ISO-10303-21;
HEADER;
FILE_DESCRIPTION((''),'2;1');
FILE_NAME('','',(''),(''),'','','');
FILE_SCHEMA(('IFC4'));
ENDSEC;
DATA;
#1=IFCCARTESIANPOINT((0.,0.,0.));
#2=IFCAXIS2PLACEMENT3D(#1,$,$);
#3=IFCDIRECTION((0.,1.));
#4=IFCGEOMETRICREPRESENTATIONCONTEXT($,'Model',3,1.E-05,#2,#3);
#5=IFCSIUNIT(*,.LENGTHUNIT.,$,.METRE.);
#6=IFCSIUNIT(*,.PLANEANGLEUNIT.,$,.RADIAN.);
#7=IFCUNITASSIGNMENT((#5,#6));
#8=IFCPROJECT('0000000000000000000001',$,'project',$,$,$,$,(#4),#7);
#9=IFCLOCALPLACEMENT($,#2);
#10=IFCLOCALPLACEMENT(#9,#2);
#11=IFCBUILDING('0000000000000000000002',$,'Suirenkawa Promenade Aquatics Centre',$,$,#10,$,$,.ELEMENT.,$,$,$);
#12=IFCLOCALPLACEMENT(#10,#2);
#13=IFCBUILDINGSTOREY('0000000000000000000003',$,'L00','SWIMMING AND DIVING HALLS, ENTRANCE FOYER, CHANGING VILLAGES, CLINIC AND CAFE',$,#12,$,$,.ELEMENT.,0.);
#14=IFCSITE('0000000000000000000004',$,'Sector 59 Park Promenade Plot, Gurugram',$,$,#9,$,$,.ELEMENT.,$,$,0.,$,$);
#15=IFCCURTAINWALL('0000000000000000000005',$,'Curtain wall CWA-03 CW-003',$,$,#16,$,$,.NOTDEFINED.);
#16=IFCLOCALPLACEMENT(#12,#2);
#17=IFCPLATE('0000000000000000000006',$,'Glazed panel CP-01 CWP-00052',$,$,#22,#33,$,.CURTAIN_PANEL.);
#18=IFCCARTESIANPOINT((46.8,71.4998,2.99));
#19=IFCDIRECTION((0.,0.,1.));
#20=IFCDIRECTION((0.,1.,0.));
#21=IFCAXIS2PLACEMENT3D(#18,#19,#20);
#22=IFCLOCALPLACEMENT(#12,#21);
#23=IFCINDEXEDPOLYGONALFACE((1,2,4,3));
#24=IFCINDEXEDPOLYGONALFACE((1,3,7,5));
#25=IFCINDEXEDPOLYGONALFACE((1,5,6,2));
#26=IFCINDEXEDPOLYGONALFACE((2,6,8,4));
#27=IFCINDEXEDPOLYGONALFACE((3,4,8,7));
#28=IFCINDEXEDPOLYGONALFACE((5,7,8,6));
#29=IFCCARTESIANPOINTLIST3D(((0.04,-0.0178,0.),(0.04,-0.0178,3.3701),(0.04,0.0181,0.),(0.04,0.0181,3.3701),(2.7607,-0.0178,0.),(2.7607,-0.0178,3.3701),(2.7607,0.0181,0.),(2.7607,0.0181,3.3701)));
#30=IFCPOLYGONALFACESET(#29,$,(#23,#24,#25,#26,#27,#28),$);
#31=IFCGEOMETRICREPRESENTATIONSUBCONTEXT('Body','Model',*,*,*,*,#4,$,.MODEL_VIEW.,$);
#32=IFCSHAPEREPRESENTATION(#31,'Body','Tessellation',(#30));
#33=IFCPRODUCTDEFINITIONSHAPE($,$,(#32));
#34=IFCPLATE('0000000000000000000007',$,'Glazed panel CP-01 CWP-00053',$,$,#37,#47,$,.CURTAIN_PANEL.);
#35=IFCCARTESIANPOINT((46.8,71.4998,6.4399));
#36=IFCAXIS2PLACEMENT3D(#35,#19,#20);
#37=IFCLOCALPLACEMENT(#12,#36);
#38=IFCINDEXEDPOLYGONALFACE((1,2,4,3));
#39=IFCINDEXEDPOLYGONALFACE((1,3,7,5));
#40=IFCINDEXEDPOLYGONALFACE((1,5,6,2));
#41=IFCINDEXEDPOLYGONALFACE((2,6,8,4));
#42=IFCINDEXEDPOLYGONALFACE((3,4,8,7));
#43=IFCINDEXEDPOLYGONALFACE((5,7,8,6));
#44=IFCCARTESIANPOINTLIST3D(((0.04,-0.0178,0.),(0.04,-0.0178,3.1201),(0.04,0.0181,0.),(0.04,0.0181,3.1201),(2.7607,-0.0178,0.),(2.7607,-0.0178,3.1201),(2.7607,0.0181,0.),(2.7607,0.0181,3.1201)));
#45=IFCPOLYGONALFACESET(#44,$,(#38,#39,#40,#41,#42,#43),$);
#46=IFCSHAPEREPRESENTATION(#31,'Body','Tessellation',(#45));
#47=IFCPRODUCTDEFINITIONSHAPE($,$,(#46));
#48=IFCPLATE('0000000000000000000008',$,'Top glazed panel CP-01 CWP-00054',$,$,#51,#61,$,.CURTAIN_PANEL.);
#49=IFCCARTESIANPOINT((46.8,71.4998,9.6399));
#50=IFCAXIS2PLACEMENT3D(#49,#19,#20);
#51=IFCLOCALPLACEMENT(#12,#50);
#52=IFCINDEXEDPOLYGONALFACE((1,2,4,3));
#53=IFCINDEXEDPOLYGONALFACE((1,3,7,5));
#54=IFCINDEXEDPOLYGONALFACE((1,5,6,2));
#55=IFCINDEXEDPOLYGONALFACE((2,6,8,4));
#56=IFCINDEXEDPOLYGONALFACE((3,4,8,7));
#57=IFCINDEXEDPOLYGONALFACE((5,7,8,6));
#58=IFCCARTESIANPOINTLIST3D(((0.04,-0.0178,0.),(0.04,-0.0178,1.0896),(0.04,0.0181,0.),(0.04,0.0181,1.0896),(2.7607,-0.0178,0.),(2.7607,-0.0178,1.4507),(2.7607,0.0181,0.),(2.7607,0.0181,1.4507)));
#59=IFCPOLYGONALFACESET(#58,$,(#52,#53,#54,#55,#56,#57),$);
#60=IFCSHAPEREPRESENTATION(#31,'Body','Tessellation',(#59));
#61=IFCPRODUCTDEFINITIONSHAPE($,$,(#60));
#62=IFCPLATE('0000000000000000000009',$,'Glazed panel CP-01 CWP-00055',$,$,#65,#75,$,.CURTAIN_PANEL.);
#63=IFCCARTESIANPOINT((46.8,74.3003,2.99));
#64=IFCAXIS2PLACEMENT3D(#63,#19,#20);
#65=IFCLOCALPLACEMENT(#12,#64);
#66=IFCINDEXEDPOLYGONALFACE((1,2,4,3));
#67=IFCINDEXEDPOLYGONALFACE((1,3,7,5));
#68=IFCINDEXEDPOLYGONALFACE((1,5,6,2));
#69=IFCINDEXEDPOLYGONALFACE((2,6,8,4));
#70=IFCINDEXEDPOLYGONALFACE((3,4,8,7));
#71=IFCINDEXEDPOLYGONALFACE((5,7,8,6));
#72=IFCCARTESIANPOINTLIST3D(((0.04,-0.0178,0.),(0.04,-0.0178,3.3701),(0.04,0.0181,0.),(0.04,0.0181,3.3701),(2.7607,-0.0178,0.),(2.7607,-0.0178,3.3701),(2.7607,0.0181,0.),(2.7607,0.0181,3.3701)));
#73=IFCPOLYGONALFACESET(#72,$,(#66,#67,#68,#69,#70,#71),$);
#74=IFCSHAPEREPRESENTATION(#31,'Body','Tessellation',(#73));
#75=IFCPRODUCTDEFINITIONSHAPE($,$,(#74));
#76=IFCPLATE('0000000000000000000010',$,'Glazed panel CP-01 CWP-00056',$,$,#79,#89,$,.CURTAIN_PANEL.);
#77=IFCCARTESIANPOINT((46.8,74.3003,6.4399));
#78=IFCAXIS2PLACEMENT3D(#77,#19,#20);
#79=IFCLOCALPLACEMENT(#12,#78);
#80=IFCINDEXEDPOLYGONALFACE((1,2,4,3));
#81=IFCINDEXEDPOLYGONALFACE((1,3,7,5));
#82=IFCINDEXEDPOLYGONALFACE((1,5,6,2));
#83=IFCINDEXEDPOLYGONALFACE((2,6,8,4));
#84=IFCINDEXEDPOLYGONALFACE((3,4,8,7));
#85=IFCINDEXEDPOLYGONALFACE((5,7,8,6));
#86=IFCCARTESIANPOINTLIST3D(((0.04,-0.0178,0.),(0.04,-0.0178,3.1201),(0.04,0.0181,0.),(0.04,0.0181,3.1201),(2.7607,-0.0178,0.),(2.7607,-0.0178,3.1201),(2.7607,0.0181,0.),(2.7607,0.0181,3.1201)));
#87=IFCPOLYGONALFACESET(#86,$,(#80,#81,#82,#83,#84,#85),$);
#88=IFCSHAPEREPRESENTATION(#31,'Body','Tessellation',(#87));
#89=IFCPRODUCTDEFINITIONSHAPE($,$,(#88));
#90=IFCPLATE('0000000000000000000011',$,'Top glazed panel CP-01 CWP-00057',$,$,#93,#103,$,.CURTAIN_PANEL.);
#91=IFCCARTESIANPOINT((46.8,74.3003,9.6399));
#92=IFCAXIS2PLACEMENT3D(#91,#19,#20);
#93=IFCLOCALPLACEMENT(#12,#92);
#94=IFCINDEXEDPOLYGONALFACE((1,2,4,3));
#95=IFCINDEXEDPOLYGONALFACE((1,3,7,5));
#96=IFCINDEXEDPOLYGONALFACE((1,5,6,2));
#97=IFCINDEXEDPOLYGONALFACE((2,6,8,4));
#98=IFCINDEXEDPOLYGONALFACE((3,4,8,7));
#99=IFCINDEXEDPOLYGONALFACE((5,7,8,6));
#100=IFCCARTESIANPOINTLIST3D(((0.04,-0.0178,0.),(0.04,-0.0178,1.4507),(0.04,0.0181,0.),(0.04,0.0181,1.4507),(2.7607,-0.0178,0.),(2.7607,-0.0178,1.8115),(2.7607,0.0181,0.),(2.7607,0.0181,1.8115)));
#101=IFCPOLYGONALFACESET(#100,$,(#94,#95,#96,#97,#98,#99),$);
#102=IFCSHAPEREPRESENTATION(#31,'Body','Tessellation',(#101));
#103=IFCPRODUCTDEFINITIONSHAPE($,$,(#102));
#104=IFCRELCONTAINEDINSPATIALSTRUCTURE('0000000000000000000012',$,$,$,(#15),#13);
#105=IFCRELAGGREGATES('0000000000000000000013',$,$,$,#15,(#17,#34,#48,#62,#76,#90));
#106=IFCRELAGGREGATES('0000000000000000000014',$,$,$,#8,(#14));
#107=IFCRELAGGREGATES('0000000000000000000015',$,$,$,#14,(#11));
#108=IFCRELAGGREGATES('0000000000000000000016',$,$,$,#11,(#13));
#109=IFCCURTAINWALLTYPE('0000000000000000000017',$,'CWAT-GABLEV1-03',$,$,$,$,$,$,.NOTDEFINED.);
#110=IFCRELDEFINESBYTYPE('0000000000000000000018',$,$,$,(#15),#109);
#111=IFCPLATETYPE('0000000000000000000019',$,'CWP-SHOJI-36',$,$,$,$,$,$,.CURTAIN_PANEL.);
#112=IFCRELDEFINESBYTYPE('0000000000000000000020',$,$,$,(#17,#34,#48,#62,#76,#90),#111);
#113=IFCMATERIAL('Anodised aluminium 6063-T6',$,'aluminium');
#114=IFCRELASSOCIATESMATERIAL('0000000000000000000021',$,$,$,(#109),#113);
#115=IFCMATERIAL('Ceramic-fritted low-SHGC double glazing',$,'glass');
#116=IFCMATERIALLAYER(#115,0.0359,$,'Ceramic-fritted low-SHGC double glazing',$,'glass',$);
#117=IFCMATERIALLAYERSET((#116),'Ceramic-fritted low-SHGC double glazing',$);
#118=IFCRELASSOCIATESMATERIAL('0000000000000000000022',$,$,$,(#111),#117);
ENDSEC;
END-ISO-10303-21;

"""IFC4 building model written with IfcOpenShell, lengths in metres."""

from ifc_helpers import new_model, si_unit, direction, frame, origin, place, context, subcontext, project, spatial, polyline, outline, extrude, material, layer, layer_set, type_object, element, aggregate, save


model = new_model("IFC4")

# Units and contexts
model_context = context("Model", 3, precision=1e-05, world=origin(), true_north=direction((0.0, 1.0)))
body_context = subcontext(model_context, "Body", "Model", "MODEL_VIEW")
ifc_project = project(units=[si_unit("LENGTHUNIT", "METRE"), si_unit("PLANEANGLEUNIT", "RADIAN")], contexts=[model_context])

# Site, building, storey
site_placement = place(None, origin())
site = spatial("IfcSite", under=ifc_project, at=site_placement, Name="Sector 59 Park Promenade Plot, Gurugram", CompositionType="ELEMENT", RefElevation=0.0)
building_placement = place(site_placement, origin())
building = spatial("IfcBuilding", under=site, at=building_placement, Name="Suirenkawa Promenade Aquatics Centre", CompositionType="ELEMENT")
storey_placement = place(building_placement, origin())
storey = spatial("IfcBuildingStorey", under=building, at=storey_placement, Name="L00", Description="SWIMMING AND DIVING HALLS, ENTRANCE FOYER, CHANGING VILLAGES, CLINIC AND CAFE", CompositionType="ELEMENT", Elevation=0.0)

# Curtain wall, plates
ifc_material_1 = material(Name="Anodised aluminium 6063-T6", Category="aluminium")
curtain_wall_type = type_object("IfcCurtainWallType", Name="CWAT-GABLEV1-03", PredefinedType="NOTDEFINED", material=ifc_material_1)
curtain_wall_placement = place(storey_placement, origin())
curtain_wall = element("IfcCurtainWall", 1, at=curtain_wall_placement, inside=storey, type_object=curtain_wall_type, Name="Curtain wall CWA-03 CW-003", PredefinedType="NOTDEFINED")
ifc_material_2 = material(Name="Ceramic-fritted low-SHGC double glazing", Category="glass")
ifc_layer_1 = layer(ifc_material_2, 0.0359, Name="Ceramic-fritted low-SHGC double glazing", Category="glass")
ifc_layer_set_1 = layer_set([ifc_layer_1], Name="Ceramic-fritted low-SHGC double glazing")
plate_type = type_object("IfcPlateType", Name="CWP-SHOJI-36", PredefinedType="CURTAIN_PANEL", material=ifc_layer_set_1)
plate_1_placement = place(storey_placement, frame((46.8, 71.4998, 2.99), z_axis=(0.0, 0.0, 1.0), x_axis=(0.0, 1.0, 0.0)))
plate_1 = element("IfcPlate", 2, at=plate_1_placement, type_object=plate_type, Name="Glazed panel CP-01 CWP-00052", PredefinedType="CURTAIN_PANEL", context=body_context, shape_type="SweptSolid", body=[
    extrude(outline(polyline([(0.04, 0.0), (2.7607, 0.0), (2.7607, 3.3701), (0.04, 3.3701), (0.04, 0.0)])), frame((0.0, 0.0181, 0.0), z_axis=(0.0, -1.0, 0.0), x_axis=(1.0, 0.0, 0.0)), (0.0, 0.0, 1.0), 0.0359),
])
plate_2_placement = place(storey_placement, frame((46.8, 71.4998, 6.4399), z_axis=(0.0, 0.0, 1.0), x_axis=(0.0, 1.0, 0.0)))
plate_2 = element("IfcPlate", 3, at=plate_2_placement, type_object=plate_type, Name="Glazed panel CP-01 CWP-00053", PredefinedType="CURTAIN_PANEL", context=body_context, shape_type="SweptSolid", body=[
    extrude(outline(polyline([(0.04, 0.0), (2.7607, 0.0), (2.7607, 3.1201), (0.04, 3.1201), (0.04, 0.0)])), frame((0.0, 0.0181, 0.0), z_axis=(0.0, -1.0, 0.0), x_axis=(1.0, 0.0, 0.0)), (0.0, 0.0, 1.0), 0.0359),
])
plate_3_placement = place(storey_placement, frame((46.8, 71.4998, 9.6399), z_axis=(0.0, 0.0, 1.0), x_axis=(0.0, 1.0, 0.0)))
plate_3 = element("IfcPlate", 4, at=plate_3_placement, type_object=plate_type, Name="Top glazed panel CP-01 CWP-00054", PredefinedType="CURTAIN_PANEL", context=body_context, shape_type="SweptSolid", body=[
    extrude(outline(polyline([(0.04, 0.0), (2.7607, 0.0), (2.7607, 1.4507), (0.04, 1.0896), (0.04, 0.0)])), frame((0.0, 0.0181, 0.0), z_axis=(0.0, -1.0, 0.0), x_axis=(1.0, 0.0, 0.0)), (0.0, 0.0, 1.0), 0.0359),
])
plate_4_placement = place(storey_placement, frame((46.8, 74.3003, 2.99), z_axis=(0.0, 0.0, 1.0), x_axis=(0.0, 1.0, 0.0)))
plate_4 = element("IfcPlate", 5, at=plate_4_placement, type_object=plate_type, Name="Glazed panel CP-01 CWP-00055", PredefinedType="CURTAIN_PANEL", context=body_context, shape_type="SweptSolid", body=[
    extrude(outline(polyline([(0.04, 0.0), (2.7607, 0.0), (2.7607, 3.3701), (0.04, 3.3701), (0.04, 0.0)])), frame((0.0, 0.0181, 0.0), z_axis=(0.0, -1.0, 0.0), x_axis=(1.0, 0.0, 0.0)), (0.0, 0.0, 1.0), 0.0359),
])
plate_5_placement = place(storey_placement, frame((46.8, 74.3003, 6.4399), z_axis=(0.0, 0.0, 1.0), x_axis=(0.0, 1.0, 0.0)))
plate_5 = element("IfcPlate", 6, at=plate_5_placement, type_object=plate_type, Name="Glazed panel CP-01 CWP-00056", PredefinedType="CURTAIN_PANEL", context=body_context, shape_type="SweptSolid", body=[
    extrude(outline(polyline([(0.04, 0.0), (2.7607, 0.0), (2.7607, 3.1201), (0.04, 3.1201), (0.04, 0.0)])), frame((0.0, 0.0181, 0.0), z_axis=(0.0, -1.0, 0.0), x_axis=(1.0, 0.0, 0.0)), (0.0, 0.0, 1.0), 0.0359),
])
plate_6_placement = place(storey_placement, frame((46.8, 74.3003, 9.6399), z_axis=(0.0, 0.0, 1.0), x_axis=(0.0, 1.0, 0.0)))
plate_6 = element("IfcPlate", 7, at=plate_6_placement, type_object=plate_type, Name="Top glazed panel CP-01 CWP-00057", PredefinedType="CURTAIN_PANEL", context=body_context, shape_type="SweptSolid", body=[
    extrude(outline(polyline([(0.04, 0.0), (2.7607, 0.0), (2.7607, 1.8115), (0.04, 1.4507), (0.04, 0.0)])), frame((0.0, 0.0181, 0.0), z_axis=(0.0, -1.0, 0.0), x_axis=(1.0, 0.0, 0.0)), (0.0, 0.0, 1.0), 0.0359),
])
aggregate(curtain_wall, [plate_1, plate_2, plate_3, plate_4, plate_5, plate_6])

save(model, "model.ifc")
